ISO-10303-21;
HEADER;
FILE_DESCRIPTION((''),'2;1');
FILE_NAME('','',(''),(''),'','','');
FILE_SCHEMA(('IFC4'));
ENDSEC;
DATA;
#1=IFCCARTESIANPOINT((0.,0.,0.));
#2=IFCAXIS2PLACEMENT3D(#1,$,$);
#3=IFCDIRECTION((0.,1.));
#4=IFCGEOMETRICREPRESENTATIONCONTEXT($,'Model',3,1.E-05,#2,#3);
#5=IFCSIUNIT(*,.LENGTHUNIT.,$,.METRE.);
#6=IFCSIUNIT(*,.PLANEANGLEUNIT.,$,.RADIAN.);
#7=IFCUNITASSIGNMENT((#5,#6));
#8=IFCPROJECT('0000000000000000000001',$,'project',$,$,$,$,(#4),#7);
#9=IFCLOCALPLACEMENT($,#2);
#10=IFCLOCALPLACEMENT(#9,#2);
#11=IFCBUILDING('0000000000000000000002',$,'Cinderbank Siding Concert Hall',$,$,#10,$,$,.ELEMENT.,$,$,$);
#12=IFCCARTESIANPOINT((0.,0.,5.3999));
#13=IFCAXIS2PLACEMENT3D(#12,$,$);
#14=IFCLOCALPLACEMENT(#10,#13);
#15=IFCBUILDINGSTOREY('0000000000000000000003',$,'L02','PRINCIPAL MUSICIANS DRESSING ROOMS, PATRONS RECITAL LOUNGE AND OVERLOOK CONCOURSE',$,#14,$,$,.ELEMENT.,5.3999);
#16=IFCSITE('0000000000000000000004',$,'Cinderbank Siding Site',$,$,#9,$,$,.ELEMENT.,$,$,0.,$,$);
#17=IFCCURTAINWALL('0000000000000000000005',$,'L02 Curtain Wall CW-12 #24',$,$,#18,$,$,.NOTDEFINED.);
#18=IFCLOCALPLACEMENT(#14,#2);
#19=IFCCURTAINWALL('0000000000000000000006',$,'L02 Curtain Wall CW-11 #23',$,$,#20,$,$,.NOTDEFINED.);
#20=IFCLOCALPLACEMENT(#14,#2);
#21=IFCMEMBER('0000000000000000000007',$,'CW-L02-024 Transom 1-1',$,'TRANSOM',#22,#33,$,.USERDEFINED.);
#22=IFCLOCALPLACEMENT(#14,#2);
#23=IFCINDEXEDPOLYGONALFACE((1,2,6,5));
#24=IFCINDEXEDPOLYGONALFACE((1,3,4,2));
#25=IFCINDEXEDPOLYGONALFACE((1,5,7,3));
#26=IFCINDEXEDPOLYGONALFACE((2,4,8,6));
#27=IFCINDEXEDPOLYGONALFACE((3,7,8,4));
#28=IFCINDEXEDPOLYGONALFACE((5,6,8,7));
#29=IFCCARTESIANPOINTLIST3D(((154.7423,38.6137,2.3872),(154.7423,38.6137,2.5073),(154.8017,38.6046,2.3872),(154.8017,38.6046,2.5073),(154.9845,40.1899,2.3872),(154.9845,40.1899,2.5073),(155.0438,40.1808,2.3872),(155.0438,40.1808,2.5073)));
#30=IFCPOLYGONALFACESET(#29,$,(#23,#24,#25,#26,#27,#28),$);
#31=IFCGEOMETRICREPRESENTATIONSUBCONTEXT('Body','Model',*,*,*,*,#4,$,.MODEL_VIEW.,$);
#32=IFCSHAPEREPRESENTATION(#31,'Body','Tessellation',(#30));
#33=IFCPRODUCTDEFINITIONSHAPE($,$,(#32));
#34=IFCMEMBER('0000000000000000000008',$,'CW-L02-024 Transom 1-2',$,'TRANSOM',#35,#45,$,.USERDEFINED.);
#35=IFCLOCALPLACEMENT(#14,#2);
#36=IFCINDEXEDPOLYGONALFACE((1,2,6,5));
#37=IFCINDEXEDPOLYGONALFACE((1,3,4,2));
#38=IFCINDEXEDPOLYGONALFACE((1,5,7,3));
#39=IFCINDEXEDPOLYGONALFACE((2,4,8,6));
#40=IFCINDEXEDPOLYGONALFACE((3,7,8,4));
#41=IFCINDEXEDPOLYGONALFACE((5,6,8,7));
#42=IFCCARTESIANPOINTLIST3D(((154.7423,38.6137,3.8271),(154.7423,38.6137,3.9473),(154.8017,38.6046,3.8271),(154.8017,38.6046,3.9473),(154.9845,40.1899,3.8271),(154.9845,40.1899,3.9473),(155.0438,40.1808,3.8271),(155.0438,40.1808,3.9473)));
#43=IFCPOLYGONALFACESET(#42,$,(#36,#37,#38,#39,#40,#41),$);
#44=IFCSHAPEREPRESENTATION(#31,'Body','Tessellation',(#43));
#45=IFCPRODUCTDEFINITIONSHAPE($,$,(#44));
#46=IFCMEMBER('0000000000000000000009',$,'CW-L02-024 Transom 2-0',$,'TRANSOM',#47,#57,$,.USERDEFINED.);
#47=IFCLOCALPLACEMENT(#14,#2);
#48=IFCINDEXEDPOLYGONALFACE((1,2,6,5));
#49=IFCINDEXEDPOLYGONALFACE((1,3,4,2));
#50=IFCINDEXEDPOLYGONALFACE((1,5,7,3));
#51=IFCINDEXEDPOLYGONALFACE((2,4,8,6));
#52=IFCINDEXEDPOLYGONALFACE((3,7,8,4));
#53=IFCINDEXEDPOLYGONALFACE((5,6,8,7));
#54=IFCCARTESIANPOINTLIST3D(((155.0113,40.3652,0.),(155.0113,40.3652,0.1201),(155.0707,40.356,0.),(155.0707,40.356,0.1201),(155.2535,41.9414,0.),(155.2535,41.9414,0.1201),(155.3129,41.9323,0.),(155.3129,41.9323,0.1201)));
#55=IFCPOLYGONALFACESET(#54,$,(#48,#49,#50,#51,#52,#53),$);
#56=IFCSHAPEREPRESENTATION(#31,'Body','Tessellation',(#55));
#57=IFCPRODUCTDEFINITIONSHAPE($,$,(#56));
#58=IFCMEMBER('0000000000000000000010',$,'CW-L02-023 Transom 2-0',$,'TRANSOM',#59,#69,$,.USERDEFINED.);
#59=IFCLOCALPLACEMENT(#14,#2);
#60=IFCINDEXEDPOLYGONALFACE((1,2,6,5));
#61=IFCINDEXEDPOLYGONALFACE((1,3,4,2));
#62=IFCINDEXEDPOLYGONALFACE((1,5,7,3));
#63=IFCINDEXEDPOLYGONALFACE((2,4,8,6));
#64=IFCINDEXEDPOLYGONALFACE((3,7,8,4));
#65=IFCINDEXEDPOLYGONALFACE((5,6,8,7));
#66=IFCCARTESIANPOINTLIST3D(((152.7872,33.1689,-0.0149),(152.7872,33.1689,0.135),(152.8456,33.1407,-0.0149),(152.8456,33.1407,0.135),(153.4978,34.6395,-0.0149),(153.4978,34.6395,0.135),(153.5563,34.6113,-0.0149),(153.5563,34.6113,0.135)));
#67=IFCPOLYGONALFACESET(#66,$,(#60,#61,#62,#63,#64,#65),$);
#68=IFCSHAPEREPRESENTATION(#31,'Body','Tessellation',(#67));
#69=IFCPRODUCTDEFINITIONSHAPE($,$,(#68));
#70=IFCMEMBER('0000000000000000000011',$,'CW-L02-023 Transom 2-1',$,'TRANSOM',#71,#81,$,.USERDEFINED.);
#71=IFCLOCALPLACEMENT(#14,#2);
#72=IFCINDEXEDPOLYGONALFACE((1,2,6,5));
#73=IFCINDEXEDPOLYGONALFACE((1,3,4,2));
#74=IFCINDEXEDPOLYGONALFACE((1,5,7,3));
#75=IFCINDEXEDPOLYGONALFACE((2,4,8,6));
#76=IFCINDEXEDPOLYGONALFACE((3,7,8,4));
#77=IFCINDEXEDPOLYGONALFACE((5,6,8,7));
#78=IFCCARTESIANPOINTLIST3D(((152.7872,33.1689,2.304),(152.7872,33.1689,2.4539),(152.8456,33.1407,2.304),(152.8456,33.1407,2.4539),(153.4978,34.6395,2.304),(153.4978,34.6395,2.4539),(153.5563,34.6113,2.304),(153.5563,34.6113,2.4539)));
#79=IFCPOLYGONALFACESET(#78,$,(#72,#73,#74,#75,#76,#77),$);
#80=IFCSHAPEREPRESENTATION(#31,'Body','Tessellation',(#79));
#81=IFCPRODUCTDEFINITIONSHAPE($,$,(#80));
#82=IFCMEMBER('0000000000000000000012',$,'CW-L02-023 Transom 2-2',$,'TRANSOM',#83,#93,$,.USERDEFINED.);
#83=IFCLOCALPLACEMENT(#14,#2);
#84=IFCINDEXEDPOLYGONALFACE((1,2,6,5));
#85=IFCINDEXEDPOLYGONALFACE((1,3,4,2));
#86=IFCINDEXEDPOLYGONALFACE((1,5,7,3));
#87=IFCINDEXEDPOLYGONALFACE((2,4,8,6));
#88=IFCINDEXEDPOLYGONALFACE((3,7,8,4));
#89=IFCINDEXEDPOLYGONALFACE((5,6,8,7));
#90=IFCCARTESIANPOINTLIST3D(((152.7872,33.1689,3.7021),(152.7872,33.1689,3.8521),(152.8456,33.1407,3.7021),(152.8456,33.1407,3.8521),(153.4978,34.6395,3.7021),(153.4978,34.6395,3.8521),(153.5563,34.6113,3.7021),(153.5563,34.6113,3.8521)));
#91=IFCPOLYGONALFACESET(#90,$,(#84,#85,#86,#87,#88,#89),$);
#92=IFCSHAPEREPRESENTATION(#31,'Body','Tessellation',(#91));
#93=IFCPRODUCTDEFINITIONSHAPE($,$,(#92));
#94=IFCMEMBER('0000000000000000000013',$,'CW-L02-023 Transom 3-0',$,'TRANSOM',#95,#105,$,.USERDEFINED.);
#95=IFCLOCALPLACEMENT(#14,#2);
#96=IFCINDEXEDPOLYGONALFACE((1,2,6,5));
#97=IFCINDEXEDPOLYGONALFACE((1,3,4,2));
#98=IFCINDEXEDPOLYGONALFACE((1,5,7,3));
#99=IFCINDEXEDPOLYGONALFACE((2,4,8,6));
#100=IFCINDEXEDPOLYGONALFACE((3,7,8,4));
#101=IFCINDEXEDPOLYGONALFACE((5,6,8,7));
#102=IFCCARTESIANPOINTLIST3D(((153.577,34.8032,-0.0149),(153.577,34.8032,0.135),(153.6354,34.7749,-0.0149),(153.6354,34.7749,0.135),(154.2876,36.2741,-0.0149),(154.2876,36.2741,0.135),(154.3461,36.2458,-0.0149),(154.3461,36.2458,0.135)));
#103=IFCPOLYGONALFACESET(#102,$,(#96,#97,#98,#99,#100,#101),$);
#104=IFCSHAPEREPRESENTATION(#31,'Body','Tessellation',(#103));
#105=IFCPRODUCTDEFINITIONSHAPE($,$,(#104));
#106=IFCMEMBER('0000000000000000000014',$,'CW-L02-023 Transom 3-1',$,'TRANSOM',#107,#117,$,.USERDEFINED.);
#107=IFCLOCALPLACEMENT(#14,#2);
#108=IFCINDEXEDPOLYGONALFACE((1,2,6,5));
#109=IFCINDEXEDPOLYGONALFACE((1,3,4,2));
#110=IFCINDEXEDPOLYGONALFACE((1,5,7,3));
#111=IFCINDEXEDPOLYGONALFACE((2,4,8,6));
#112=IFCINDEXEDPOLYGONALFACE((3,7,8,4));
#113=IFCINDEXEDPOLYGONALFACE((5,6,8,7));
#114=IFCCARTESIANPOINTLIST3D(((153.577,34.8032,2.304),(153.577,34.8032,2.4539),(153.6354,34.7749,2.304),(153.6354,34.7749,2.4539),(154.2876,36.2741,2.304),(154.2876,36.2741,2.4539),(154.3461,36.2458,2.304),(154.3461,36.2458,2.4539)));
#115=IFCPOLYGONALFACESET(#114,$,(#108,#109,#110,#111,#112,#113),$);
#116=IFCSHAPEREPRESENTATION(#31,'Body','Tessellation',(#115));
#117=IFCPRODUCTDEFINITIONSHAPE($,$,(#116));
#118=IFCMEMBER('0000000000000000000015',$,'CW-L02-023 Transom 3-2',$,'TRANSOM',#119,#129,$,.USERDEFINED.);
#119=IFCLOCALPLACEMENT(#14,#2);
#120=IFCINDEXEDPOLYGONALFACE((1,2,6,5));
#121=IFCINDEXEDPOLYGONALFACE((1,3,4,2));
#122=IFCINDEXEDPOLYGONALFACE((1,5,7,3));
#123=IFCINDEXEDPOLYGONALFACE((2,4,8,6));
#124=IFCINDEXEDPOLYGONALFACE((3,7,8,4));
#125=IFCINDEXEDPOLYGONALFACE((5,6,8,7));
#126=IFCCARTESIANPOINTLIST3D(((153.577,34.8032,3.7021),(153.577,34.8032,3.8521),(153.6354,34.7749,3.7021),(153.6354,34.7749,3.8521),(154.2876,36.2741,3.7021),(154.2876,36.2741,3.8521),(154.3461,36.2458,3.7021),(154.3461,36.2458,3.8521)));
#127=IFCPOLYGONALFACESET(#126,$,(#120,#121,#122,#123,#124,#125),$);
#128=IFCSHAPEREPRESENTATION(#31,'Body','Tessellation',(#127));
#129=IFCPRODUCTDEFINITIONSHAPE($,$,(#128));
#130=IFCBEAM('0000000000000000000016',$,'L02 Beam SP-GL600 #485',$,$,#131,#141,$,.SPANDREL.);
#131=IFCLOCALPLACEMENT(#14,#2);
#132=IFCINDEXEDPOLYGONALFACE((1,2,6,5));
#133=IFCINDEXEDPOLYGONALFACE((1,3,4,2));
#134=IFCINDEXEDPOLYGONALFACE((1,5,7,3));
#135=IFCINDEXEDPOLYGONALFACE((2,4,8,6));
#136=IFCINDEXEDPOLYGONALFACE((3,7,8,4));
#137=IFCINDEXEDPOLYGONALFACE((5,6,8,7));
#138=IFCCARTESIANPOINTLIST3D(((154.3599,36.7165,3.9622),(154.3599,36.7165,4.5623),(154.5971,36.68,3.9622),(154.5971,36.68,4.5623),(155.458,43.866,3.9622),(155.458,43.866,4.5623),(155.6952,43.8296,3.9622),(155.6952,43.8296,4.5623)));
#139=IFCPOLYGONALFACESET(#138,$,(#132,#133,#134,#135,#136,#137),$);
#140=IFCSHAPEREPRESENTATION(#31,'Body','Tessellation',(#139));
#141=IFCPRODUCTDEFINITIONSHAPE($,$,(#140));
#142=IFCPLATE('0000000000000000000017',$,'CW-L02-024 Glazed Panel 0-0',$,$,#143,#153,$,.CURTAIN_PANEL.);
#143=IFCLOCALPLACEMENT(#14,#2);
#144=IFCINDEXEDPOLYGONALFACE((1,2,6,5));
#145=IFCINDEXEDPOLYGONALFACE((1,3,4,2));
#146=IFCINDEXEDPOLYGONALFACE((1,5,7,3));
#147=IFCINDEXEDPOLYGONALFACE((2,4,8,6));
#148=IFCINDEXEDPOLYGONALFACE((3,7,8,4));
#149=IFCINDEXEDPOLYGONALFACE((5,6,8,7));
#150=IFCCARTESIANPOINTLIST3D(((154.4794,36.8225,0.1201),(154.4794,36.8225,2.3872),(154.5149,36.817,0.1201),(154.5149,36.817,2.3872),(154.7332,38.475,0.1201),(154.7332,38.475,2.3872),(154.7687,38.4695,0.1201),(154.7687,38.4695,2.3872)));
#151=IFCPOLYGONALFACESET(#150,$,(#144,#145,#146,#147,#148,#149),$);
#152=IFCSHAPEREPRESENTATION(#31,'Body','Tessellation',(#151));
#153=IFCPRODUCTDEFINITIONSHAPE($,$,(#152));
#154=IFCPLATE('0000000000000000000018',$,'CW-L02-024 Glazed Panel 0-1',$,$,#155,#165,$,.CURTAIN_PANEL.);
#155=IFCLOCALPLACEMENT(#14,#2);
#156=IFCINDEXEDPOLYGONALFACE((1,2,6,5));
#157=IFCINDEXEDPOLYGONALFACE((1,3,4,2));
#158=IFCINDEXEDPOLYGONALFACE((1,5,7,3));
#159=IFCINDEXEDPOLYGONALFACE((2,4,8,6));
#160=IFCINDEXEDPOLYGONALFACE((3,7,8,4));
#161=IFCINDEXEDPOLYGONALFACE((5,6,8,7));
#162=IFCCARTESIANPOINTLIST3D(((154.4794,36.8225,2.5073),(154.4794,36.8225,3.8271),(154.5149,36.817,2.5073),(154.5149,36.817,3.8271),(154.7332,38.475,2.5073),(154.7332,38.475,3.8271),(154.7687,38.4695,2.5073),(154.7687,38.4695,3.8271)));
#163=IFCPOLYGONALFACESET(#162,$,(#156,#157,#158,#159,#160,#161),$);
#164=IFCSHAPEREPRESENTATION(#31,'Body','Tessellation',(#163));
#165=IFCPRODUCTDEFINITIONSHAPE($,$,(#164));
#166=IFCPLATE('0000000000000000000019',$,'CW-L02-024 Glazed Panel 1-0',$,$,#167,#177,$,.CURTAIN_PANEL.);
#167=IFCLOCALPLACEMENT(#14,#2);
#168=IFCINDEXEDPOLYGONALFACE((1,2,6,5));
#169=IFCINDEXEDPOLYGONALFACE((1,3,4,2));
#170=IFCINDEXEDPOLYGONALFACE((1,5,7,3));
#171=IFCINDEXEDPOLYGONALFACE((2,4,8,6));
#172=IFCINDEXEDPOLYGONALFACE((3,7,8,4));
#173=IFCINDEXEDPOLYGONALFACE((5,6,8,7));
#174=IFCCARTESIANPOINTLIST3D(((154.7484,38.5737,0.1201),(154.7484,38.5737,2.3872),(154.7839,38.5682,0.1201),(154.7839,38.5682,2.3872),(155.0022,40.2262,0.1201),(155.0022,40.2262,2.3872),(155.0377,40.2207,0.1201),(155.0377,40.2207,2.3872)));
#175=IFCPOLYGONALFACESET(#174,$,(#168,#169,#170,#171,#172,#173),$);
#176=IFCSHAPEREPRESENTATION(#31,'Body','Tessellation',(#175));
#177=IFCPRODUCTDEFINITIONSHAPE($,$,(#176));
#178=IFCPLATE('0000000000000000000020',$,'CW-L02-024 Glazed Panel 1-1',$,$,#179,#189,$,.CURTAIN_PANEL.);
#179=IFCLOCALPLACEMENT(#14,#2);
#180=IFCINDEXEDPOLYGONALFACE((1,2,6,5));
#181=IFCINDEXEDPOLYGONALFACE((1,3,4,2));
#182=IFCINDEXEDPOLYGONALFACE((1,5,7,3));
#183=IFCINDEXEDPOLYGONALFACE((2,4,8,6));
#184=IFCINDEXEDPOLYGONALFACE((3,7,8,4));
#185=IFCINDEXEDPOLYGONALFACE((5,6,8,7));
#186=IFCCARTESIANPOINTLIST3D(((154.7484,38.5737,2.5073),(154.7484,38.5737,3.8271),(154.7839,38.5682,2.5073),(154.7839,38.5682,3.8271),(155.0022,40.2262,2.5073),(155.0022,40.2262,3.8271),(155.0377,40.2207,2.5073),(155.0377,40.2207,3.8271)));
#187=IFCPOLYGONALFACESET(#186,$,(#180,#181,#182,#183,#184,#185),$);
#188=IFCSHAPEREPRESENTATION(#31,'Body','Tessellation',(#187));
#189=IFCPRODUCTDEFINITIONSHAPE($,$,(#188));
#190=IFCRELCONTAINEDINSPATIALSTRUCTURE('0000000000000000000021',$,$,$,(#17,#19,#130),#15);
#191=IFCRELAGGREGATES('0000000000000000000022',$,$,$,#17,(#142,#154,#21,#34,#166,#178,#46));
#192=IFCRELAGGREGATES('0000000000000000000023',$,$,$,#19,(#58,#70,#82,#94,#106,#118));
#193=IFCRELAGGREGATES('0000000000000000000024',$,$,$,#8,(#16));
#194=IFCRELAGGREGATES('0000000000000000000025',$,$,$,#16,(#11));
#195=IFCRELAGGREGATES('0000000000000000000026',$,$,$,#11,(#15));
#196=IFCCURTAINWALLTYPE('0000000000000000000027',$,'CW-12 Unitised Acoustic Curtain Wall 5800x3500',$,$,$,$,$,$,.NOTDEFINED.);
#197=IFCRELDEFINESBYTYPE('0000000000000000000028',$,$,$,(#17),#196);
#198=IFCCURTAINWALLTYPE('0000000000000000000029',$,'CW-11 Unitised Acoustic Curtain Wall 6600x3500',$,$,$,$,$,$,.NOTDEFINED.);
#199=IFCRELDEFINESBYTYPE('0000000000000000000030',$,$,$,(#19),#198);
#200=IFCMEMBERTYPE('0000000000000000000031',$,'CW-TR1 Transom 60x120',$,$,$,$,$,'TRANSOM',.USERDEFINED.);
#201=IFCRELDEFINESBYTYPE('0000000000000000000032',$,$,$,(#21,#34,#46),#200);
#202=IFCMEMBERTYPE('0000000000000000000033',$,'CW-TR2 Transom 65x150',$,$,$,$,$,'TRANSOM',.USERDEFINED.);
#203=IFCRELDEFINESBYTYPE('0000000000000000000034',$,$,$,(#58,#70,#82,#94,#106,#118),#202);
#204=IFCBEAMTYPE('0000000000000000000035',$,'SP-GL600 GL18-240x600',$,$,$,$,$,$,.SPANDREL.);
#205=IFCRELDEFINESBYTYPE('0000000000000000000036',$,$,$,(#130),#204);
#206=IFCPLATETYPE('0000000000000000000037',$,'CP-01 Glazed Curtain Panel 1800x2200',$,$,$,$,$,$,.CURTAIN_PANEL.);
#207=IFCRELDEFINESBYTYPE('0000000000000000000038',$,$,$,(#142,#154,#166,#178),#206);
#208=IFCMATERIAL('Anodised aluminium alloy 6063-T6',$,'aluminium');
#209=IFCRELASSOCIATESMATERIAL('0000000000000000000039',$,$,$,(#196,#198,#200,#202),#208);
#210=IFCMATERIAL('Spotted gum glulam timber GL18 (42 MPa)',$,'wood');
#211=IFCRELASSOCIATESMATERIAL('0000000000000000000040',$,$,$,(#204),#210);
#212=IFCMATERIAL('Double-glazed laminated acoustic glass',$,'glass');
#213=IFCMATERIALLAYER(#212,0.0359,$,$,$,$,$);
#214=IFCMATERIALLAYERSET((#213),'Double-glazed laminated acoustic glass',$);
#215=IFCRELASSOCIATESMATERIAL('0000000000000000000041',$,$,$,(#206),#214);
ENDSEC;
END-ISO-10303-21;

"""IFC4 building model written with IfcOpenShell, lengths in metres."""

from ifc_helpers import new_model, si_unit, direction, frame, origin, origin_2d, place, context, subcontext, project, spatial, rectangle, extrude, material, layer, layer_set, material_profile, profile_set, type_object, element, aggregate, save


model = new_model("IFC4")

# Units and contexts
model_context = context("Model", 3, precision=1e-05, world=origin(), true_north=direction((0.0, 1.0)))
body_context = subcontext(model_context, "Body", "Model", "MODEL_VIEW")
ifc_project = project(units=[si_unit("LENGTHUNIT", "METRE"), si_unit("PLANEANGLEUNIT", "RADIAN")], contexts=[model_context])

# Site, building, storey
site_placement = place(None, origin())
site = spatial("IfcSite", under=ifc_project, at=site_placement, Name="Cinderbank Siding Site", CompositionType="ELEMENT", RefElevation=0.0)
building_placement = place(site_placement, origin())
building = spatial("IfcBuilding", under=site, at=building_placement, Name="Cinderbank Siding Concert Hall", CompositionType="ELEMENT")
storey_placement = place(building_placement, frame((0.0, 0.0, 5.3999)))
storey = spatial("IfcBuildingStorey", under=building, at=storey_placement, Name="L02", Description="PRINCIPAL MUSICIANS DRESSING ROOMS, PATRONS RECITAL LOUNGE AND OVERLOOK CONCOURSE", CompositionType="ELEMENT", Elevation=5.3999)

# Curtain walls
ifc_material_1 = material(Name="Anodised aluminium alloy 6063-T6", Category="aluminium")
curtain_wall_type_1 = type_object("IfcCurtainWallType", Name="CW-12 Unitised Acoustic Curtain Wall 5800x3500", PredefinedType="NOTDEFINED", material=ifc_material_1)
curtain_wall_1_placement = place(storey_placement, origin())
curtain_wall_1 = element("IfcCurtainWall", 1, at=curtain_wall_1_placement, inside=storey, type_object=curtain_wall_type_1, Name="L02 Curtain Wall CW-12 #24", PredefinedType="NOTDEFINED")
curtain_wall_type_2 = type_object("IfcCurtainWallType", Name="CW-11 Unitised Acoustic Curtain Wall 6600x3500", PredefinedType="NOTDEFINED", material=ifc_material_1)
curtain_wall_2_placement = place(storey_placement, origin())
curtain_wall_2 = element("IfcCurtainWall", 2, at=curtain_wall_2_placement, inside=storey, type_object=curtain_wall_type_2, Name="L02 Curtain Wall CW-11 #23", PredefinedType="NOTDEFINED")

# Members
ifc_material_profile_1 = material_profile(ifc_material_1, rectangle(XDim=0.0601, YDim=0.1201, at=origin_2d()), Name="ALU-TRAN-60x120", Category="LoadBearing")
ifc_profile_set_1 = profile_set([ifc_material_profile_1], Name="Anodised aluminium alloy 6063-T6")
member_type_1 = type_object("IfcMemberType", Name="CW-TR1 Transom 60x120", ElementType="TRANSOM", PredefinedType="USERDEFINED", material=ifc_profile_set_1)
member_1_placement = place(storey_placement, frame((154.772, 38.6091, 2.4473), z_axis=(0.151873, 0.9884, 0.0), x_axis=(-0.9884, 0.151873, 0.0)))
member_1 = element("IfcMember", 3, at=member_1_placement, type_object=member_type_1, Name="CW-L02-024 Transom 1-1", ObjectType="TRANSOM", PredefinedType="USERDEFINED", context=body_context, shape_type="SweptSolid", body=[
    extrude(rectangle(XDim=0.0601, YDim=0.1201, at=origin_2d()), origin(), (0.0, 0.0, 1.0), 1.5947),
])
member_2_placement = place(storey_placement, frame((154.772, 38.6091, 3.8872), z_axis=(0.151873, 0.9884, 0.0), x_axis=(-0.9884, 0.151873, 0.0)))
member_2 = element("IfcMember", 4, at=member_2_placement, type_object=member_type_1, Name="CW-L02-024 Transom 1-2", ObjectType="TRANSOM", PredefinedType="USERDEFINED", context=body_context, shape_type="SweptSolid", body=[
    extrude(rectangle(XDim=0.0601, YDim=0.1201, at=origin_2d()), origin(), (0.0, 0.0, 1.0), 1.5947),
])
member_3_placement = place(storey_placement, frame((155.041, 40.3606, 0.0601), z_axis=(0.151873, 0.9884, 0.0), x_axis=(-0.9884, 0.151873, 0.0)))
member_3 = element("IfcMember", 5, at=member_3_placement, type_object=member_type_1, Name="CW-L02-024 Transom 2-0", ObjectType="TRANSOM", PredefinedType="USERDEFINED", context=body_context, shape_type="SweptSolid", body=[
    extrude(rectangle(XDim=0.0601, YDim=0.1201, at=origin_2d()), origin(), (0.0, 0.0, 1.0), 1.5947),
])
ifc_material_profile_2 = material_profile(ifc_material_1, rectangle(XDim=0.0649, YDim=0.1499, at=origin_2d()), Name="ALU-TRAN-65x150", Category="LoadBearing")
ifc_profile_set_2 = profile_set([ifc_material_profile_2], Name="Anodised aluminium alloy 6063-T6")
member_type_2 = type_object("IfcMemberType", Name="CW-TR2 Transom 65x150", ElementType="TRANSOM", PredefinedType="USERDEFINED", material=ifc_profile_set_2)
member_4_placement = place(storey_placement, frame((152.8164, 33.1548, 0.0601), z_axis=(0.435096, 0.900384, 0.0), x_axis=(-0.900384, 0.435096, 0.0)))
member_4 = element("IfcMember", 6, at=member_4_placement, type_object=member_type_2, Name="CW-L02-023 Transom 2-0", ObjectType="TRANSOM", PredefinedType="USERDEFINED", context=body_context, shape_type="SweptSolid", body=[
    extrude(rectangle(XDim=0.0649, YDim=0.1499, at=origin_2d()), origin(), (0.0, 0.0, 1.0), 1.6333),
])
member_5_placement = place(storey_placement, frame((152.8164, 33.1548, 2.3789), z_axis=(0.435096, 0.900384, 0.0), x_axis=(-0.900384, 0.435096, 0.0)))
member_5 = element("IfcMember", 7, at=member_5_placement, type_object=member_type_2, Name="CW-L02-023 Transom 2-1", ObjectType="TRANSOM", PredefinedType="USERDEFINED", context=body_context, shape_type="SweptSolid", body=[
    extrude(rectangle(XDim=0.0649, YDim=0.1499, at=origin_2d()), origin(), (0.0, 0.0, 1.0), 1.6333),
])
member_6_placement = place(storey_placement, frame((152.8164, 33.1548, 3.7771), z_axis=(0.435096, 0.900384, 0.0), x_axis=(-0.900384, 0.435096, 0.0)))
member_6 = element("IfcMember", 8, at=member_6_placement, type_object=member_type_2, Name="CW-L02-023 Transom 2-2", ObjectType="TRANSOM", PredefinedType="USERDEFINED", context=body_context, shape_type="SweptSolid", body=[
    extrude(rectangle(XDim=0.0649, YDim=0.1499, at=origin_2d()), origin(), (0.0, 0.0, 1.0), 1.6333),
])
member_7_placement = place(storey_placement, frame((153.6062, 34.7891, 0.0601), z_axis=(0.435037, 0.900412, 0.0), x_axis=(-0.900412, 0.435037, 0.0)))
member_7 = element("IfcMember", 9, at=member_7_placement, type_object=member_type_2, Name="CW-L02-023 Transom 3-0", ObjectType="TRANSOM", PredefinedType="USERDEFINED", context=body_context, shape_type="SweptSolid", body=[
    extrude(rectangle(XDim=0.0649, YDim=0.1499, at=origin_2d()), origin(), (0.0, 0.0, 1.0), 1.6335),
])
member_8_placement = place(storey_placement, frame((153.6062, 34.7891, 2.3789), z_axis=(0.435037, 0.900412, 0.0), x_axis=(-0.900412, 0.435037, 0.0)))
member_8 = element("IfcMember", 10, at=member_8_placement, type_object=member_type_2, Name="CW-L02-023 Transom 3-1", ObjectType="TRANSOM", PredefinedType="USERDEFINED", context=body_context, shape_type="SweptSolid", body=[
    extrude(rectangle(XDim=0.0649, YDim=0.1499, at=origin_2d()), origin(), (0.0, 0.0, 1.0), 1.6335),
])
member_9_placement = place(storey_placement, frame((153.6062, 34.7891, 3.7771), z_axis=(0.435037, 0.900412, 0.0), x_axis=(-0.900412, 0.435037, 0.0)))
member_9 = element("IfcMember", 11, at=member_9_placement, type_object=member_type_2, Name="CW-L02-023 Transom 3-2", ObjectType="TRANSOM", PredefinedType="USERDEFINED", context=body_context, shape_type="SweptSolid", body=[
    extrude(rectangle(XDim=0.0649, YDim=0.1499, at=origin_2d()), origin(), (0.0, 0.0, 1.0), 1.6335),
])

# Beam
ifc_material_2 = material(Name="Spotted gum glulam timber GL18 (42 MPa)", Category="wood")
ifc_material_profile_3 = material_profile(ifc_material_2, rectangle(XDim=0.24, YDim=0.6001, at=origin_2d()), Name="GL18-240x600", Category="LoadBearing")
ifc_profile_set_3 = profile_set([ifc_material_profile_3], Name="Spotted gum glulam timber GL18 (42 MPa)")
beam_type = type_object("IfcBeamType", Name="SP-GL600 GL18-240x600", PredefinedType="SPANDREL", material=ifc_profile_set_3)
beam_placement = place(storey_placement, frame((154.4785, 36.6982, 4.2622), z_axis=(0.151814, 0.988409, 0.0), x_axis=(-0.988409, 0.151814, 0.0)))
element("IfcBeam", 12, at=beam_placement, inside=storey, type_object=beam_type, Name="L02 Beam SP-GL600 #485", PredefinedType="SPANDREL", context=body_context, shape_type="SweptSolid", body=[
    extrude(rectangle(XDim=0.24, YDim=0.6001, at=origin_2d()), origin(), (0.0, 0.0, 1.0), 7.2334),
])

# Plates
ifc_material_3 = material(Name="Double-glazed laminated acoustic glass", Category="glass")
ifc_layer_1 = layer(ifc_material_3, 0.0359)
ifc_layer_set_1 = layer_set([ifc_layer_1], Name="Double-glazed laminated acoustic glass")
plate_type_1 = type_object("IfcPlateType", Name="CP-01 Glazed Curtain Panel 1800x2200", PredefinedType="CURTAIN_PANEL", material=ifc_layer_set_1)
plate_1_placement = place(storey_placement, frame((154.624, 37.646, 0.1201), z_axis=(0.0, 0.0, 1.0), x_axis=(0.151815, 0.988409, 0.0)))
plate_1 = element("IfcPlate", 13, at=plate_1_placement, type_object=plate_type_1, Name="CW-L02-024 Glazed Panel 0-0", PredefinedType="CURTAIN_PANEL", context=body_context, shape_type="SweptSolid", body=[
    extrude(rectangle(XDim=1.6719, YDim=0.0359, at=origin_2d()), origin(), (0.0, 0.0, 1.0), 2.2671),
])
plate_2_placement = place(storey_placement, frame((154.624, 37.646, 2.5073), z_axis=(0.0, 0.0, 1.0), x_axis=(0.151815, 0.988409, 0.0)))
plate_2 = element("IfcPlate", 14, at=plate_2_placement, type_object=plate_type_1, Name="CW-L02-024 Glazed Panel 0-1", PredefinedType="CURTAIN_PANEL", context=body_context, shape_type="SweptSolid", body=[
    extrude(rectangle(XDim=1.6719, YDim=0.0359, at=origin_2d()), origin(), (0.0, 0.0, 1.0), 1.3198),
])
plate_3_placement = place(storey_placement, frame((154.8931, 39.3972, 0.1201), z_axis=(0.0, 0.0, 1.0), x_axis=(0.151815, 0.988409, 0.0)))
plate_3 = element("IfcPlate", 15, at=plate_3_placement, type_object=plate_type_1, Name="CW-L02-024 Glazed Panel 1-0", PredefinedType="CURTAIN_PANEL", context=body_context, shape_type="SweptSolid", body=[
    extrude(rectangle(XDim=1.6719, YDim=0.0359, at=origin_2d()), origin(), (0.0, 0.0, 1.0), 2.2671),
])
plate_4_placement = place(storey_placement, frame((154.8931, 39.3972, 2.5073), z_axis=(0.0, 0.0, 1.0), x_axis=(0.151815, 0.988409, 0.0)))
plate_4 = element("IfcPlate", 16, at=plate_4_placement, type_object=plate_type_1, Name="CW-L02-024 Glazed Panel 1-1", PredefinedType="CURTAIN_PANEL", context=body_context, shape_type="SweptSolid", body=[
    extrude(rectangle(XDim=1.6719, YDim=0.0359, at=origin_2d()), origin(), (0.0, 0.0, 1.0), 1.3198),
])
aggregate(curtain_wall_1, [plate_1, plate_2, member_1, member_2, plate_3, plate_4, member_3])
aggregate(curtain_wall_2, [member_4, member_5, member_6, member_7, member_8, member_9])

save(model, "model.ifc")
